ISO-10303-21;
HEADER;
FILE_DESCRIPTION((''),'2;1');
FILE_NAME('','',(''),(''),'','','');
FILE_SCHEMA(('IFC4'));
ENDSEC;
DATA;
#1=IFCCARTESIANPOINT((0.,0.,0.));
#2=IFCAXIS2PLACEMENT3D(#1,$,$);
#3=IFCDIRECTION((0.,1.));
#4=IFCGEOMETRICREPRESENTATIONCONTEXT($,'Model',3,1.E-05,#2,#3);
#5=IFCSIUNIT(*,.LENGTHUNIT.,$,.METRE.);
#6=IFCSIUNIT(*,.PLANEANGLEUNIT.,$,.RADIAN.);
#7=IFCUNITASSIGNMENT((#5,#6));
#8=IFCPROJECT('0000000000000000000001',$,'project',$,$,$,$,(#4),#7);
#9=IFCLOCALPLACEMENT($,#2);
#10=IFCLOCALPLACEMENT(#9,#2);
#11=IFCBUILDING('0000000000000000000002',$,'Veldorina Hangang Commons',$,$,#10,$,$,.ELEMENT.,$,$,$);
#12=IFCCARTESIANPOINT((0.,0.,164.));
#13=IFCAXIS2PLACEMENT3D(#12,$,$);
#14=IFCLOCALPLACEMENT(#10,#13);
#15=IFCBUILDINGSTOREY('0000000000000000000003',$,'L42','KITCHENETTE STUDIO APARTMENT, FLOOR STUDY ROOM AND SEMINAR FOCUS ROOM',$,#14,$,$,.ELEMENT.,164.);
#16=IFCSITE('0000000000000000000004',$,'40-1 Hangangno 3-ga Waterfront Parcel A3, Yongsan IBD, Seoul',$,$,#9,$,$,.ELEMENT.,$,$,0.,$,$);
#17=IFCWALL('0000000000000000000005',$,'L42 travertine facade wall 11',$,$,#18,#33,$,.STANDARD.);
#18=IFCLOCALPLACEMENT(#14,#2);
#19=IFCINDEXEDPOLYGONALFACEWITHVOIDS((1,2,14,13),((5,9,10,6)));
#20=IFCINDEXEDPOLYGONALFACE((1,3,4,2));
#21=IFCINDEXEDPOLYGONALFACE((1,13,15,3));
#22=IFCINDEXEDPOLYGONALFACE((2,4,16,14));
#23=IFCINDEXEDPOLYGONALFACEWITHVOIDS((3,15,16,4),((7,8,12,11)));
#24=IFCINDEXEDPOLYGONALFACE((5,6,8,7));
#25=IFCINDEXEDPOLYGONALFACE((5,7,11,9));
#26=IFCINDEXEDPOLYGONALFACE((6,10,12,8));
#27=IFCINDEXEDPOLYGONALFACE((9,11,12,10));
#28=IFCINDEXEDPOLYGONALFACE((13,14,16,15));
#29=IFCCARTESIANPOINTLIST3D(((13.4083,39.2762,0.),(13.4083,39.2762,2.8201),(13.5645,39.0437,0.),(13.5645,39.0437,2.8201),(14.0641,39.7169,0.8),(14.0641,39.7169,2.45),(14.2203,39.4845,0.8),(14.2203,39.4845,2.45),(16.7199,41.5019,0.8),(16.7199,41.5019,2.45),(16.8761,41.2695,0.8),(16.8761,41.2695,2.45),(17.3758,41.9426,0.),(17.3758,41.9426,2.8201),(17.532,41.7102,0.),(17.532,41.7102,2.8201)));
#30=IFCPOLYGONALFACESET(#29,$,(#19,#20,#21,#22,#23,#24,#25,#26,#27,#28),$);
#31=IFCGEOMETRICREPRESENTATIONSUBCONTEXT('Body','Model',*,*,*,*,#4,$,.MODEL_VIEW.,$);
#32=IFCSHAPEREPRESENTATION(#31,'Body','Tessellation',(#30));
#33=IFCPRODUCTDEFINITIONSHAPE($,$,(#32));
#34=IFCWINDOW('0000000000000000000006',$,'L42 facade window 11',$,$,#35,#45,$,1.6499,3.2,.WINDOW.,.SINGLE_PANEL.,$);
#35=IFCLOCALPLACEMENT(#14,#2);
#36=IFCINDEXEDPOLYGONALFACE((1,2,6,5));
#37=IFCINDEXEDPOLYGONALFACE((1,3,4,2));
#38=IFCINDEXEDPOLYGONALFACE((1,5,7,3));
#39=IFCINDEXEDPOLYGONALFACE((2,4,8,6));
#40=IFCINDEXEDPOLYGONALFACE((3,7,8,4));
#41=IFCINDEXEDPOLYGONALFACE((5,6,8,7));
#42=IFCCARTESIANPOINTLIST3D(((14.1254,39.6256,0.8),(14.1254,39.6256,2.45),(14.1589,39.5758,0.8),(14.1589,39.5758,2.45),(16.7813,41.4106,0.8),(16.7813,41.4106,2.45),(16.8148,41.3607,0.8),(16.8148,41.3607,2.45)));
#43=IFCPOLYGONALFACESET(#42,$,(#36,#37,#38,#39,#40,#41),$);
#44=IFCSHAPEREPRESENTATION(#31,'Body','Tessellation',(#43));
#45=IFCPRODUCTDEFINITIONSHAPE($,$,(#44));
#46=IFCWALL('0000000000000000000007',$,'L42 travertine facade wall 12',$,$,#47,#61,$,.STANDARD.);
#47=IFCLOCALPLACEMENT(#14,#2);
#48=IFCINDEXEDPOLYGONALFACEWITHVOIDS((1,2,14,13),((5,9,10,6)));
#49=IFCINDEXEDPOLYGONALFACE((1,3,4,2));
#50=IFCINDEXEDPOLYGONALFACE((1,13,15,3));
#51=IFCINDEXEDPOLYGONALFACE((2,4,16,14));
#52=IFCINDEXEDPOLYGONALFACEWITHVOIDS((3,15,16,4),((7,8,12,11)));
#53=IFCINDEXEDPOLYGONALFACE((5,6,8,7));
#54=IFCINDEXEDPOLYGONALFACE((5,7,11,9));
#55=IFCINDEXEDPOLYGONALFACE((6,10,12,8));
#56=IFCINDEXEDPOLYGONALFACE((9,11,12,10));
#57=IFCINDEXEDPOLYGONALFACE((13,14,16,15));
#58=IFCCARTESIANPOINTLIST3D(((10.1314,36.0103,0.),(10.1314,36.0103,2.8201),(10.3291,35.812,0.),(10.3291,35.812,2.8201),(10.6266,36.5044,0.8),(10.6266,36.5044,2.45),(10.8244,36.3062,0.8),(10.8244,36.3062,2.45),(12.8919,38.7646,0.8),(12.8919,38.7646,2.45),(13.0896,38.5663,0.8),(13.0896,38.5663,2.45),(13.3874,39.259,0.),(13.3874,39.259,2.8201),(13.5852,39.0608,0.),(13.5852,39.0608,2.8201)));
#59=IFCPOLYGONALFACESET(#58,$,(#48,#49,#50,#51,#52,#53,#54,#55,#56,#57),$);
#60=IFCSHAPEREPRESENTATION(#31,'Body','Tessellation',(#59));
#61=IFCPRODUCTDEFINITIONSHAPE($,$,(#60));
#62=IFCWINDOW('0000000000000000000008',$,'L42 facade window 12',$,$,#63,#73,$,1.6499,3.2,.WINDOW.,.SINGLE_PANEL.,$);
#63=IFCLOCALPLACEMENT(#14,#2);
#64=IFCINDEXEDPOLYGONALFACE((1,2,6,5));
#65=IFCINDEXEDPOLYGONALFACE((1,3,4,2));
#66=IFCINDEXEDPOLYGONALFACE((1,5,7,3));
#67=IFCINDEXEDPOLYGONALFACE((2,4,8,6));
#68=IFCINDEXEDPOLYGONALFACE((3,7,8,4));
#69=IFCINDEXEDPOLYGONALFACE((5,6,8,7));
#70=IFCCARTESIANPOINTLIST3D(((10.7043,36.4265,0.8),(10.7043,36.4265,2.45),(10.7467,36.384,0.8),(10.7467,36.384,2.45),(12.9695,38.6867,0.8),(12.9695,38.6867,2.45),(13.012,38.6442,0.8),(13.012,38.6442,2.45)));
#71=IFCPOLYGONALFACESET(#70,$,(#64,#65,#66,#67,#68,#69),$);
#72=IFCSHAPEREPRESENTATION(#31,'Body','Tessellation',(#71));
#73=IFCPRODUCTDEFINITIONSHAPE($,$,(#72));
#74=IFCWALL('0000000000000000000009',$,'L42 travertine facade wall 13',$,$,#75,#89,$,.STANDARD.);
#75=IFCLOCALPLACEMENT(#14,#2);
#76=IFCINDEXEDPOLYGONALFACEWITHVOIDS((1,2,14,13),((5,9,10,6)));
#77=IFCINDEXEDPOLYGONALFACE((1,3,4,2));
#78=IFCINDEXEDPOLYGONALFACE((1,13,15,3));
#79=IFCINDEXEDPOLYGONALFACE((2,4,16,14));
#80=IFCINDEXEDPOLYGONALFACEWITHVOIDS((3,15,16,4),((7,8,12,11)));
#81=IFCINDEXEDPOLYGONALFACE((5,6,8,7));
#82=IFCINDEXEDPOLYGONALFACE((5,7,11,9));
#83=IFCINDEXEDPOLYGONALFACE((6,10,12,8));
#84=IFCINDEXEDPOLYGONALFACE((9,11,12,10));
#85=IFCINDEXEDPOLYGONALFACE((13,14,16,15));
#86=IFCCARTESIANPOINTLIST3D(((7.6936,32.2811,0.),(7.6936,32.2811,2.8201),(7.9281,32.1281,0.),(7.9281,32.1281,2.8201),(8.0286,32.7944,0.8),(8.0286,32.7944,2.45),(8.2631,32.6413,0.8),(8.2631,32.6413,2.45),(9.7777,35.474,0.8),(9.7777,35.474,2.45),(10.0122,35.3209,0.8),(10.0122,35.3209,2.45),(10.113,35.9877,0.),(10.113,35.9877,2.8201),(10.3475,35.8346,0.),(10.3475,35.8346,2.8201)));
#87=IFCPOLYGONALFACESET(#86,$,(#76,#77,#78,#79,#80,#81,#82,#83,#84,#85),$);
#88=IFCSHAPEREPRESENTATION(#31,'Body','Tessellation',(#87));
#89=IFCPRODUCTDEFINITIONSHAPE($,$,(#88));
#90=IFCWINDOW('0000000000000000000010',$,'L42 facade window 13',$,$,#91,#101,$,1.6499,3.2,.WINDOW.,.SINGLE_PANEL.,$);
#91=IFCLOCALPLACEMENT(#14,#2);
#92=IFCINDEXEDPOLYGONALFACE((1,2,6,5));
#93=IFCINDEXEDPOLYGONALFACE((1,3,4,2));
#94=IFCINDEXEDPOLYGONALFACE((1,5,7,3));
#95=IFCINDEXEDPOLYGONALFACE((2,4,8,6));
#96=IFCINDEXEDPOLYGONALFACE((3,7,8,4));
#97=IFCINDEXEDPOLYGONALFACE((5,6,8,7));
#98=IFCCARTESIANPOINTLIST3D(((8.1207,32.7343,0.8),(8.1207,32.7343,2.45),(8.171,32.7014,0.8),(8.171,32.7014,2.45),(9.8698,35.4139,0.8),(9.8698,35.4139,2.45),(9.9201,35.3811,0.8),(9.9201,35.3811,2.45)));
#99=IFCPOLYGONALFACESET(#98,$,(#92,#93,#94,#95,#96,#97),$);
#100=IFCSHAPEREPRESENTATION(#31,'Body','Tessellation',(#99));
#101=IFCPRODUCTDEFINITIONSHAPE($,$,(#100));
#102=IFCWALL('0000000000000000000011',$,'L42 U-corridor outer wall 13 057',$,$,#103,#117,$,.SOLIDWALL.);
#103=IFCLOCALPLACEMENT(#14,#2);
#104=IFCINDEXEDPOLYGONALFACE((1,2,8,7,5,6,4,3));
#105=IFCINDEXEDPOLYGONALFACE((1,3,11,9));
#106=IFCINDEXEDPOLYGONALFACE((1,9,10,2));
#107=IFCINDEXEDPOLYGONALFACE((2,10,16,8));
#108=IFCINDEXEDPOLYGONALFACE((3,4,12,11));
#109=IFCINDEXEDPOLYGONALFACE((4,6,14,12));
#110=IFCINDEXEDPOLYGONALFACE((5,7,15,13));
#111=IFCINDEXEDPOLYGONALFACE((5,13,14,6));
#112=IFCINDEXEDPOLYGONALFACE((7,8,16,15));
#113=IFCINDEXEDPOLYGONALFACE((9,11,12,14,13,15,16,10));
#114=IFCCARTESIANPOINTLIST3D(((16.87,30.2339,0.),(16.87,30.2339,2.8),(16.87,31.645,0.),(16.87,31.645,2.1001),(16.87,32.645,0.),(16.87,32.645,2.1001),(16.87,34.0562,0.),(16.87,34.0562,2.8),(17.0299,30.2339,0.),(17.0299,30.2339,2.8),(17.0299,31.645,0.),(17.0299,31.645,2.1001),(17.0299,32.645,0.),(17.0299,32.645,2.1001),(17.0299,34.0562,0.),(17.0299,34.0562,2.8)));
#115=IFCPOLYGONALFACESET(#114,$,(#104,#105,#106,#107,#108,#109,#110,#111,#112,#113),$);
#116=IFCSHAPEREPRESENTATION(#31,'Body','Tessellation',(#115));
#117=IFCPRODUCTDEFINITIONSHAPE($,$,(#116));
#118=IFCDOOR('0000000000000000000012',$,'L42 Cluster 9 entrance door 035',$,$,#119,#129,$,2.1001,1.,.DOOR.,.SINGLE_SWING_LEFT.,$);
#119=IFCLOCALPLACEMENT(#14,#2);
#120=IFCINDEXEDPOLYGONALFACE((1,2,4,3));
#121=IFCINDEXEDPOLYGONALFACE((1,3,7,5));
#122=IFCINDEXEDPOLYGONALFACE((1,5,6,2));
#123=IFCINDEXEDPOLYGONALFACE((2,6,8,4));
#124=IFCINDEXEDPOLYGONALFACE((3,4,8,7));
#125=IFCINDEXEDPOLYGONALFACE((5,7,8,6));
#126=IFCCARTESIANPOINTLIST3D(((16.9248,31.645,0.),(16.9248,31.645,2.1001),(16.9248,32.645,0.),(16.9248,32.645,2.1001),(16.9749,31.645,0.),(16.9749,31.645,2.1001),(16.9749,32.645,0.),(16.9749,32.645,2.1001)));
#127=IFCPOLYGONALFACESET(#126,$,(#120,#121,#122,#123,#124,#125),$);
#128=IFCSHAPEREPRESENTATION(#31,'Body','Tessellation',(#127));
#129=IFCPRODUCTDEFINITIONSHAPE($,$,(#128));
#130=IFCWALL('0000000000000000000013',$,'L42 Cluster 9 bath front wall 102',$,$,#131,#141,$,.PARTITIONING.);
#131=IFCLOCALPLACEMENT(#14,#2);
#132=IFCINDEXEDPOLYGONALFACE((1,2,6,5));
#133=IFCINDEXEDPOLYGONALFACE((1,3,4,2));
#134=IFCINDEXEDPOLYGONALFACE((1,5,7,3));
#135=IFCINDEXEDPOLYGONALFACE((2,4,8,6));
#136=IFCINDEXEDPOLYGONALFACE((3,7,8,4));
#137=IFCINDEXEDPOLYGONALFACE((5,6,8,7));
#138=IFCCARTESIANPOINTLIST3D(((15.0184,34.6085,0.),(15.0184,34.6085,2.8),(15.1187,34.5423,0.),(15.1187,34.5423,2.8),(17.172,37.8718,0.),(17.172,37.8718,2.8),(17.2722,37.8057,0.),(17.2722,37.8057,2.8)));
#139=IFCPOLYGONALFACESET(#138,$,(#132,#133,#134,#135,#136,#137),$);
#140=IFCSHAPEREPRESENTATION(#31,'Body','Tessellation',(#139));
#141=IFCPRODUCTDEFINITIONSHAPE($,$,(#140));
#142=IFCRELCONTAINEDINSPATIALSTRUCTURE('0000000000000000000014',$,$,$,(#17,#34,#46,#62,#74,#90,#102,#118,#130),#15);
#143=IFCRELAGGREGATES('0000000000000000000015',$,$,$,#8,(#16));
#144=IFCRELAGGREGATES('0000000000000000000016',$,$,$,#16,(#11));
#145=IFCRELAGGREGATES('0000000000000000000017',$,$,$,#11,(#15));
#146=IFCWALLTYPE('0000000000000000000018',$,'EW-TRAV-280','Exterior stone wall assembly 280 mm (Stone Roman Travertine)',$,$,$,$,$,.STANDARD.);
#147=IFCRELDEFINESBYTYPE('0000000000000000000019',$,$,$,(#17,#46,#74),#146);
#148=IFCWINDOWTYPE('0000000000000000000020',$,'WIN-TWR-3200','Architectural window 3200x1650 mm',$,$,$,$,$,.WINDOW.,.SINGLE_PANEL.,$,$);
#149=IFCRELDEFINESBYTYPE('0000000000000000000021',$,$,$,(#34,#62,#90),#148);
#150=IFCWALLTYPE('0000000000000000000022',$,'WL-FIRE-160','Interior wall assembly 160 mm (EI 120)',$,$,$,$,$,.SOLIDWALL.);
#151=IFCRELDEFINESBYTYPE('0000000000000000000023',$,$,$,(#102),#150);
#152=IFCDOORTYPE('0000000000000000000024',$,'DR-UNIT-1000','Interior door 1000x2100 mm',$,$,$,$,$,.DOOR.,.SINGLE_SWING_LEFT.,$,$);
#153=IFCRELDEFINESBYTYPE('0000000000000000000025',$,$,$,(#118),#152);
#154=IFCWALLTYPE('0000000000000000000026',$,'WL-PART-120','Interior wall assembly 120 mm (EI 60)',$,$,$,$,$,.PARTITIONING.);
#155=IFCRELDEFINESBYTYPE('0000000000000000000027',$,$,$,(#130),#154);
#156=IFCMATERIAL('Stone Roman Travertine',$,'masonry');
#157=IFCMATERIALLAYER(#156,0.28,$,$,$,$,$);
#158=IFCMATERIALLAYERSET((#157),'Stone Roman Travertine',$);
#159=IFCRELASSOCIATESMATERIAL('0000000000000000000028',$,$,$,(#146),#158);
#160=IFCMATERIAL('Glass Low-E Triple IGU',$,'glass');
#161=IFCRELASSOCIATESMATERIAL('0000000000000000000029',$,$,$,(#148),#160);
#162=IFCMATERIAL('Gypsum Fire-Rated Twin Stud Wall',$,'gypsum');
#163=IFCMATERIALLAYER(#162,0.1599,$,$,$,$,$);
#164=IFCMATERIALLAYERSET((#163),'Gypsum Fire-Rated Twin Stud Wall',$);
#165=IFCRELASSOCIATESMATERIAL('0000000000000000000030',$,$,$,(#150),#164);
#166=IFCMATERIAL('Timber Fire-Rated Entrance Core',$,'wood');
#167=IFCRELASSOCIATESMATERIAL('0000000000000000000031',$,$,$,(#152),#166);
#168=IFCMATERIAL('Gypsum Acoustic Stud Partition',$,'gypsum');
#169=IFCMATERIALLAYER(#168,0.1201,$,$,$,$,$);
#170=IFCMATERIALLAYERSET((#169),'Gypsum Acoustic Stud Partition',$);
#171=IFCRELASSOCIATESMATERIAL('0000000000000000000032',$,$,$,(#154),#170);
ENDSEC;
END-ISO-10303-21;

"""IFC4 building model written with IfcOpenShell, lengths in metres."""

from ifc_helpers import new_model, si_unit, direction, frame, frame_2d, origin, place, context, subcontext, project, spatial, rectangle, extrude, material, layer, layer_set, type_object, element, fill, save


model = new_model("IFC4")

# Units and contexts
model_context = context("Model", 3, precision=1e-05, world=origin(), true_north=direction((0.0, 1.0)))
body_context = subcontext(model_context, "Body", "Model", "MODEL_VIEW")
ifc_project = project(units=[si_unit("LENGTHUNIT", "METRE"), si_unit("PLANEANGLEUNIT", "RADIAN")], contexts=[model_context])

# Site, building, storey
site_placement = place(None, origin())
site = spatial("IfcSite", under=ifc_project, at=site_placement, Name="40-1 Hangangno 3-ga Waterfront Parcel A3, Yongsan IBD, Seoul", CompositionType="ELEMENT", RefElevation=0.0)
building_placement = place(site_placement, origin())
building = spatial("IfcBuilding", under=site, at=building_placement, Name="Veldorina Hangang Commons", CompositionType="ELEMENT")
storey_placement = place(building_placement, frame((0.0, 0.0, 164.0)))
storey = spatial("IfcBuildingStorey", under=building, at=storey_placement, Name="L42", Description="KITCHENETTE STUDIO APARTMENT, FLOOR STUDY ROOM AND SEMINAR FOCUS ROOM", CompositionType="ELEMENT", Elevation=164.0)

# Walls, openings, windows
ifc_material_1 = material(Name="Stone Roman Travertine", Category="masonry")
ifc_layer_1 = layer(ifc_material_1, 0.28)
ifc_layer_set_1 = layer_set([ifc_layer_1], Name="Stone Roman Travertine")
wall_type_1 = type_object("IfcWallType", Name="EW-TRAV-280", Description="Exterior stone wall assembly 280 mm (Stone Roman Travertine)", PredefinedType="STANDARD", material=ifc_layer_set_1)
wall_1_placement = place(storey_placement, frame((17.4539, 41.8264, 0.0), z_axis=(0.0, 0.0, 1.0), x_axis=(-0.82997, -0.557808, 0.0)))
wall_1 = element("IfcWall", 1, at=wall_1_placement, inside=storey, type_object=wall_type_1, Name="L42 travertine facade wall 11", PredefinedType="STANDARD", context=body_context, shape_type="SweptSolid", body=[
    extrude(rectangle(XDim=4.7803, YDim=0.28, at=frame_2d((2.3901, 0.0))), origin(), (0.0, 0.0, 1.0), 2.8201),
])
opening_1_placement = place(wall_1_placement, frame((0.79, 0.0, 0.8)))
opening_1 = element("IfcOpeningElement", 2, at=opening_1_placement, cuts=wall_1, PredefinedType="OPENING", context=body_context, shape_type="SweptSolid", body=[
    extrude(rectangle(XDim=3.2, YDim=1.6499, at=frame_2d((1.6001, 0.825))), frame((0.0, 0.1499, 0.0), z_axis=(0.0, -1.0, 0.0), x_axis=(1.0, 0.0, 0.0)), (0.0, 0.0, 1.0), 0.3),
])
ifc_material_2 = material(Name="Glass Low-E Triple IGU", Category="glass")
window_type = type_object("IfcWindowType", Name="WIN-TWR-3200", Description="Architectural window 3200x1650 mm", PartitioningType="SINGLE_PANEL", PredefinedType="WINDOW", material=ifc_material_2)
window_1_placement = place(opening_1_placement, origin())
window_1 = element("IfcWindow", 3, at=window_1_placement, inside=storey, type_object=window_type, Name="L42 facade window 11", OverallHeight=1.6499, OverallWidth=3.2, PartitioningType="SINGLE_PANEL", PredefinedType="WINDOW", context=body_context, shape_type="SweptSolid", body=[
    extrude(rectangle(XDim=3.2, YDim=1.6499, at=frame_2d((1.6001, 0.825))), frame((0.0, 0.03, 0.0), z_axis=(0.0, -1.0, 0.0), x_axis=(1.0, 0.0, 0.0)), (0.0, 0.0, 1.0), 0.0601),
])
fill(opening_1, window_1)
wall_2_placement = place(storey_placement, frame((13.4863, 39.1599, 0.0), z_axis=(0.0, 0.0, 1.0), x_axis=(-0.707903, -0.70631, 0.0)))
wall_2 = element("IfcWall", 4, at=wall_2_placement, inside=storey, type_object=wall_type_1, Name="L42 travertine facade wall 12", PredefinedType="STANDARD", context=body_context, shape_type="SweptSolid", body=[
    extrude(rectangle(XDim=4.5996, YDim=0.28, at=frame_2d((2.2998, 0.0))), origin(), (0.0, 0.0, 1.0), 2.8201),
])
opening_2_placement = place(wall_2_placement, frame((0.7, 0.0, 0.8)))
opening_2 = element("IfcOpeningElement", 5, at=opening_2_placement, cuts=wall_2, PredefinedType="OPENING", context=body_context, shape_type="SweptSolid", body=[
    extrude(rectangle(XDim=3.2, YDim=1.6499, at=frame_2d((1.6001, 0.825))), frame((0.0, 0.1499, 0.0), z_axis=(0.0, -1.0, 0.0), x_axis=(1.0, 0.0, 0.0)), (0.0, 0.0, 1.0), 0.3),
])
window_2_placement = place(opening_2_placement, origin())
window_2 = element("IfcWindow", 6, at=window_2_placement, inside=storey, type_object=window_type, Name="L42 facade window 12", OverallHeight=1.6499, OverallWidth=3.2, PartitioningType="SINGLE_PANEL", PredefinedType="WINDOW", context=body_context, shape_type="SweptSolid", body=[
    extrude(rectangle(XDim=3.2, YDim=1.6499, at=frame_2d((1.6001, 0.825))), frame((0.0, 0.03, 0.0), z_axis=(0.0, -1.0, 0.0), x_axis=(1.0, 0.0, 0.0)), (0.0, 0.0, 1.0), 0.0601),
])
fill(opening_2, window_2)
wall_3_placement = place(storey_placement, frame((10.2302, 35.9111, 0.0), z_axis=(0.0, 0.0, 1.0), x_axis=(-0.546604, -0.837391, 0.0)))
wall_3 = element("IfcWall", 7, at=wall_3_placement, inside=storey, type_object=wall_type_1, Name="L42 travertine facade wall 13", PredefinedType="STANDARD", context=body_context, shape_type="SweptSolid", body=[
    extrude(rectangle(XDim=4.4263, YDim=0.28, at=frame_2d((2.2131, 0.0))), origin(), (0.0, 0.0, 1.0), 2.8201),
])
opening_3_placement = place(wall_3_placement, frame((0.6133, 0.0, 0.8)))
opening_3 = element("IfcOpeningElement", 8, at=opening_3_placement, cuts=wall_3, PredefinedType="OPENING", context=body_context, shape_type="SweptSolid", body=[
    extrude(rectangle(XDim=3.2, YDim=1.6499, at=frame_2d((1.6001, 0.825))), frame((0.0, 0.1499, 0.0), z_axis=(0.0, -1.0, 0.0), x_axis=(1.0, 0.0, 0.0)), (0.0, 0.0, 1.0), 0.3),
])
window_3_placement = place(opening_3_placement, origin())
window_3 = element("IfcWindow", 9, at=window_3_placement, inside=storey, type_object=window_type, Name="L42 facade window 13", OverallHeight=1.6499, OverallWidth=3.2, PartitioningType="SINGLE_PANEL", PredefinedType="WINDOW", context=body_context, shape_type="SweptSolid", body=[
    extrude(rectangle(XDim=3.2, YDim=1.6499, at=frame_2d((1.6001, 0.825))), frame((0.0, 0.03, 0.0), z_axis=(0.0, -1.0, 0.0), x_axis=(1.0, 0.0, 0.0)), (0.0, 0.0, 1.0), 0.0601),
])
fill(opening_3, window_3)

# Wall, opening, door
ifc_material_3 = material(Name="Gypsum Fire-Rated Twin Stud Wall", Category="gypsum")
ifc_layer_2 = layer(ifc_material_3, 0.1599)
ifc_layer_set_2 = layer_set([ifc_layer_2], Name="Gypsum Fire-Rated Twin Stud Wall")
wall_type_2 = type_object("IfcWallType", Name="WL-FIRE-160", Description="Interior wall assembly 160 mm (EI 120)", PredefinedType="SOLIDWALL", material=ifc_layer_set_2)
wall_4_placement = place(storey_placement, frame((16.95, 34.0562, 0.0), z_axis=(0.0, 0.0, 1.0), x_axis=(0.0, -1.0, 0.0)))
wall_4 = element("IfcWall", 10, at=wall_4_placement, inside=storey, type_object=wall_type_2, Name="L42 U-corridor outer wall 13 057", PredefinedType="SOLIDWALL", context=body_context, shape_type="SweptSolid", body=[
    extrude(rectangle(XDim=3.8223, YDim=0.1599, at=frame_2d((1.9111, 0.0))), origin(), (0.0, 0.0, 1.0), 2.8),
])
opening_4_placement = place(wall_4_placement, frame((1.4111, 0.0, 0.0)))
opening_4 = element("IfcOpeningElement", 11, at=opening_4_placement, cuts=wall_4, PredefinedType="OPENING", context=body_context, shape_type="SweptSolid", body=[
    extrude(rectangle(XDim=1.0, YDim=2.1001, at=frame_2d((0.5, 1.05))), frame((0.0, 0.0898, 0.0), z_axis=(0.0, -1.0, 0.0), x_axis=(1.0, 0.0, 0.0)), (0.0, 0.0, 1.0), 0.1799),
])
ifc_material_4 = material(Name="Timber Fire-Rated Entrance Core", Category="wood")
door_type_1 = type_object("IfcDoorType", Name="DR-UNIT-1000", Description="Interior door 1000x2100 mm", OperationType="SINGLE_SWING_LEFT", PredefinedType="DOOR", material=ifc_material_4)
door_1_placement = place(opening_4_placement, origin())
door_1 = element("IfcDoor", 12, at=door_1_placement, inside=storey, type_object=door_type_1, Name="L42 Cluster 9 entrance door 035", OperationType="SINGLE_SWING_LEFT", OverallHeight=2.1001, OverallWidth=1.0, PredefinedType="DOOR", context=body_context, shape_type="SweptSolid", body=[
    extrude(rectangle(XDim=1.0, YDim=2.1001, at=frame_2d((0.5, 1.05))), frame((0.0, 0.0249, 0.0), z_axis=(0.0, -1.0, 0.0), x_axis=(1.0, 0.0, 0.0)), (0.0, 0.0, 1.0), 0.05),
])
fill(opening_4, door_1)

# Wall
ifc_material_5 = material(Name="Gypsum Acoustic Stud Partition", Category="gypsum")
ifc_layer_3 = layer(ifc_material_5, 0.1201)
ifc_layer_set_3 = layer_set([ifc_layer_3], Name="Gypsum Acoustic Stud Partition")
wall_type_3 = type_object("IfcWallType", Name="WL-PART-120", Description="Interior wall assembly 120 mm (EI 60)", PredefinedType="PARTITIONING", material=ifc_layer_set_3)
wall_5_placement = place(storey_placement, frame((17.2222, 37.8389, 0.0), z_axis=(0.0, 0.0, 1.0), x_axis=(-0.550789, -0.834644, 0.0)))
element("IfcWall", 13, at=wall_5_placement, inside=storey, type_object=wall_type_3, Name="L42 Cluster 9 bath front wall 102", PredefinedType="PARTITIONING", context=body_context, shape_type="SweptSolid", body=[
    extrude(rectangle(XDim=3.9099, YDim=0.1201, at=frame_2d((1.9551, 0.0))), origin(), (0.0, 0.0, 1.0), 2.8),
])

save(model, "model.ifc")
